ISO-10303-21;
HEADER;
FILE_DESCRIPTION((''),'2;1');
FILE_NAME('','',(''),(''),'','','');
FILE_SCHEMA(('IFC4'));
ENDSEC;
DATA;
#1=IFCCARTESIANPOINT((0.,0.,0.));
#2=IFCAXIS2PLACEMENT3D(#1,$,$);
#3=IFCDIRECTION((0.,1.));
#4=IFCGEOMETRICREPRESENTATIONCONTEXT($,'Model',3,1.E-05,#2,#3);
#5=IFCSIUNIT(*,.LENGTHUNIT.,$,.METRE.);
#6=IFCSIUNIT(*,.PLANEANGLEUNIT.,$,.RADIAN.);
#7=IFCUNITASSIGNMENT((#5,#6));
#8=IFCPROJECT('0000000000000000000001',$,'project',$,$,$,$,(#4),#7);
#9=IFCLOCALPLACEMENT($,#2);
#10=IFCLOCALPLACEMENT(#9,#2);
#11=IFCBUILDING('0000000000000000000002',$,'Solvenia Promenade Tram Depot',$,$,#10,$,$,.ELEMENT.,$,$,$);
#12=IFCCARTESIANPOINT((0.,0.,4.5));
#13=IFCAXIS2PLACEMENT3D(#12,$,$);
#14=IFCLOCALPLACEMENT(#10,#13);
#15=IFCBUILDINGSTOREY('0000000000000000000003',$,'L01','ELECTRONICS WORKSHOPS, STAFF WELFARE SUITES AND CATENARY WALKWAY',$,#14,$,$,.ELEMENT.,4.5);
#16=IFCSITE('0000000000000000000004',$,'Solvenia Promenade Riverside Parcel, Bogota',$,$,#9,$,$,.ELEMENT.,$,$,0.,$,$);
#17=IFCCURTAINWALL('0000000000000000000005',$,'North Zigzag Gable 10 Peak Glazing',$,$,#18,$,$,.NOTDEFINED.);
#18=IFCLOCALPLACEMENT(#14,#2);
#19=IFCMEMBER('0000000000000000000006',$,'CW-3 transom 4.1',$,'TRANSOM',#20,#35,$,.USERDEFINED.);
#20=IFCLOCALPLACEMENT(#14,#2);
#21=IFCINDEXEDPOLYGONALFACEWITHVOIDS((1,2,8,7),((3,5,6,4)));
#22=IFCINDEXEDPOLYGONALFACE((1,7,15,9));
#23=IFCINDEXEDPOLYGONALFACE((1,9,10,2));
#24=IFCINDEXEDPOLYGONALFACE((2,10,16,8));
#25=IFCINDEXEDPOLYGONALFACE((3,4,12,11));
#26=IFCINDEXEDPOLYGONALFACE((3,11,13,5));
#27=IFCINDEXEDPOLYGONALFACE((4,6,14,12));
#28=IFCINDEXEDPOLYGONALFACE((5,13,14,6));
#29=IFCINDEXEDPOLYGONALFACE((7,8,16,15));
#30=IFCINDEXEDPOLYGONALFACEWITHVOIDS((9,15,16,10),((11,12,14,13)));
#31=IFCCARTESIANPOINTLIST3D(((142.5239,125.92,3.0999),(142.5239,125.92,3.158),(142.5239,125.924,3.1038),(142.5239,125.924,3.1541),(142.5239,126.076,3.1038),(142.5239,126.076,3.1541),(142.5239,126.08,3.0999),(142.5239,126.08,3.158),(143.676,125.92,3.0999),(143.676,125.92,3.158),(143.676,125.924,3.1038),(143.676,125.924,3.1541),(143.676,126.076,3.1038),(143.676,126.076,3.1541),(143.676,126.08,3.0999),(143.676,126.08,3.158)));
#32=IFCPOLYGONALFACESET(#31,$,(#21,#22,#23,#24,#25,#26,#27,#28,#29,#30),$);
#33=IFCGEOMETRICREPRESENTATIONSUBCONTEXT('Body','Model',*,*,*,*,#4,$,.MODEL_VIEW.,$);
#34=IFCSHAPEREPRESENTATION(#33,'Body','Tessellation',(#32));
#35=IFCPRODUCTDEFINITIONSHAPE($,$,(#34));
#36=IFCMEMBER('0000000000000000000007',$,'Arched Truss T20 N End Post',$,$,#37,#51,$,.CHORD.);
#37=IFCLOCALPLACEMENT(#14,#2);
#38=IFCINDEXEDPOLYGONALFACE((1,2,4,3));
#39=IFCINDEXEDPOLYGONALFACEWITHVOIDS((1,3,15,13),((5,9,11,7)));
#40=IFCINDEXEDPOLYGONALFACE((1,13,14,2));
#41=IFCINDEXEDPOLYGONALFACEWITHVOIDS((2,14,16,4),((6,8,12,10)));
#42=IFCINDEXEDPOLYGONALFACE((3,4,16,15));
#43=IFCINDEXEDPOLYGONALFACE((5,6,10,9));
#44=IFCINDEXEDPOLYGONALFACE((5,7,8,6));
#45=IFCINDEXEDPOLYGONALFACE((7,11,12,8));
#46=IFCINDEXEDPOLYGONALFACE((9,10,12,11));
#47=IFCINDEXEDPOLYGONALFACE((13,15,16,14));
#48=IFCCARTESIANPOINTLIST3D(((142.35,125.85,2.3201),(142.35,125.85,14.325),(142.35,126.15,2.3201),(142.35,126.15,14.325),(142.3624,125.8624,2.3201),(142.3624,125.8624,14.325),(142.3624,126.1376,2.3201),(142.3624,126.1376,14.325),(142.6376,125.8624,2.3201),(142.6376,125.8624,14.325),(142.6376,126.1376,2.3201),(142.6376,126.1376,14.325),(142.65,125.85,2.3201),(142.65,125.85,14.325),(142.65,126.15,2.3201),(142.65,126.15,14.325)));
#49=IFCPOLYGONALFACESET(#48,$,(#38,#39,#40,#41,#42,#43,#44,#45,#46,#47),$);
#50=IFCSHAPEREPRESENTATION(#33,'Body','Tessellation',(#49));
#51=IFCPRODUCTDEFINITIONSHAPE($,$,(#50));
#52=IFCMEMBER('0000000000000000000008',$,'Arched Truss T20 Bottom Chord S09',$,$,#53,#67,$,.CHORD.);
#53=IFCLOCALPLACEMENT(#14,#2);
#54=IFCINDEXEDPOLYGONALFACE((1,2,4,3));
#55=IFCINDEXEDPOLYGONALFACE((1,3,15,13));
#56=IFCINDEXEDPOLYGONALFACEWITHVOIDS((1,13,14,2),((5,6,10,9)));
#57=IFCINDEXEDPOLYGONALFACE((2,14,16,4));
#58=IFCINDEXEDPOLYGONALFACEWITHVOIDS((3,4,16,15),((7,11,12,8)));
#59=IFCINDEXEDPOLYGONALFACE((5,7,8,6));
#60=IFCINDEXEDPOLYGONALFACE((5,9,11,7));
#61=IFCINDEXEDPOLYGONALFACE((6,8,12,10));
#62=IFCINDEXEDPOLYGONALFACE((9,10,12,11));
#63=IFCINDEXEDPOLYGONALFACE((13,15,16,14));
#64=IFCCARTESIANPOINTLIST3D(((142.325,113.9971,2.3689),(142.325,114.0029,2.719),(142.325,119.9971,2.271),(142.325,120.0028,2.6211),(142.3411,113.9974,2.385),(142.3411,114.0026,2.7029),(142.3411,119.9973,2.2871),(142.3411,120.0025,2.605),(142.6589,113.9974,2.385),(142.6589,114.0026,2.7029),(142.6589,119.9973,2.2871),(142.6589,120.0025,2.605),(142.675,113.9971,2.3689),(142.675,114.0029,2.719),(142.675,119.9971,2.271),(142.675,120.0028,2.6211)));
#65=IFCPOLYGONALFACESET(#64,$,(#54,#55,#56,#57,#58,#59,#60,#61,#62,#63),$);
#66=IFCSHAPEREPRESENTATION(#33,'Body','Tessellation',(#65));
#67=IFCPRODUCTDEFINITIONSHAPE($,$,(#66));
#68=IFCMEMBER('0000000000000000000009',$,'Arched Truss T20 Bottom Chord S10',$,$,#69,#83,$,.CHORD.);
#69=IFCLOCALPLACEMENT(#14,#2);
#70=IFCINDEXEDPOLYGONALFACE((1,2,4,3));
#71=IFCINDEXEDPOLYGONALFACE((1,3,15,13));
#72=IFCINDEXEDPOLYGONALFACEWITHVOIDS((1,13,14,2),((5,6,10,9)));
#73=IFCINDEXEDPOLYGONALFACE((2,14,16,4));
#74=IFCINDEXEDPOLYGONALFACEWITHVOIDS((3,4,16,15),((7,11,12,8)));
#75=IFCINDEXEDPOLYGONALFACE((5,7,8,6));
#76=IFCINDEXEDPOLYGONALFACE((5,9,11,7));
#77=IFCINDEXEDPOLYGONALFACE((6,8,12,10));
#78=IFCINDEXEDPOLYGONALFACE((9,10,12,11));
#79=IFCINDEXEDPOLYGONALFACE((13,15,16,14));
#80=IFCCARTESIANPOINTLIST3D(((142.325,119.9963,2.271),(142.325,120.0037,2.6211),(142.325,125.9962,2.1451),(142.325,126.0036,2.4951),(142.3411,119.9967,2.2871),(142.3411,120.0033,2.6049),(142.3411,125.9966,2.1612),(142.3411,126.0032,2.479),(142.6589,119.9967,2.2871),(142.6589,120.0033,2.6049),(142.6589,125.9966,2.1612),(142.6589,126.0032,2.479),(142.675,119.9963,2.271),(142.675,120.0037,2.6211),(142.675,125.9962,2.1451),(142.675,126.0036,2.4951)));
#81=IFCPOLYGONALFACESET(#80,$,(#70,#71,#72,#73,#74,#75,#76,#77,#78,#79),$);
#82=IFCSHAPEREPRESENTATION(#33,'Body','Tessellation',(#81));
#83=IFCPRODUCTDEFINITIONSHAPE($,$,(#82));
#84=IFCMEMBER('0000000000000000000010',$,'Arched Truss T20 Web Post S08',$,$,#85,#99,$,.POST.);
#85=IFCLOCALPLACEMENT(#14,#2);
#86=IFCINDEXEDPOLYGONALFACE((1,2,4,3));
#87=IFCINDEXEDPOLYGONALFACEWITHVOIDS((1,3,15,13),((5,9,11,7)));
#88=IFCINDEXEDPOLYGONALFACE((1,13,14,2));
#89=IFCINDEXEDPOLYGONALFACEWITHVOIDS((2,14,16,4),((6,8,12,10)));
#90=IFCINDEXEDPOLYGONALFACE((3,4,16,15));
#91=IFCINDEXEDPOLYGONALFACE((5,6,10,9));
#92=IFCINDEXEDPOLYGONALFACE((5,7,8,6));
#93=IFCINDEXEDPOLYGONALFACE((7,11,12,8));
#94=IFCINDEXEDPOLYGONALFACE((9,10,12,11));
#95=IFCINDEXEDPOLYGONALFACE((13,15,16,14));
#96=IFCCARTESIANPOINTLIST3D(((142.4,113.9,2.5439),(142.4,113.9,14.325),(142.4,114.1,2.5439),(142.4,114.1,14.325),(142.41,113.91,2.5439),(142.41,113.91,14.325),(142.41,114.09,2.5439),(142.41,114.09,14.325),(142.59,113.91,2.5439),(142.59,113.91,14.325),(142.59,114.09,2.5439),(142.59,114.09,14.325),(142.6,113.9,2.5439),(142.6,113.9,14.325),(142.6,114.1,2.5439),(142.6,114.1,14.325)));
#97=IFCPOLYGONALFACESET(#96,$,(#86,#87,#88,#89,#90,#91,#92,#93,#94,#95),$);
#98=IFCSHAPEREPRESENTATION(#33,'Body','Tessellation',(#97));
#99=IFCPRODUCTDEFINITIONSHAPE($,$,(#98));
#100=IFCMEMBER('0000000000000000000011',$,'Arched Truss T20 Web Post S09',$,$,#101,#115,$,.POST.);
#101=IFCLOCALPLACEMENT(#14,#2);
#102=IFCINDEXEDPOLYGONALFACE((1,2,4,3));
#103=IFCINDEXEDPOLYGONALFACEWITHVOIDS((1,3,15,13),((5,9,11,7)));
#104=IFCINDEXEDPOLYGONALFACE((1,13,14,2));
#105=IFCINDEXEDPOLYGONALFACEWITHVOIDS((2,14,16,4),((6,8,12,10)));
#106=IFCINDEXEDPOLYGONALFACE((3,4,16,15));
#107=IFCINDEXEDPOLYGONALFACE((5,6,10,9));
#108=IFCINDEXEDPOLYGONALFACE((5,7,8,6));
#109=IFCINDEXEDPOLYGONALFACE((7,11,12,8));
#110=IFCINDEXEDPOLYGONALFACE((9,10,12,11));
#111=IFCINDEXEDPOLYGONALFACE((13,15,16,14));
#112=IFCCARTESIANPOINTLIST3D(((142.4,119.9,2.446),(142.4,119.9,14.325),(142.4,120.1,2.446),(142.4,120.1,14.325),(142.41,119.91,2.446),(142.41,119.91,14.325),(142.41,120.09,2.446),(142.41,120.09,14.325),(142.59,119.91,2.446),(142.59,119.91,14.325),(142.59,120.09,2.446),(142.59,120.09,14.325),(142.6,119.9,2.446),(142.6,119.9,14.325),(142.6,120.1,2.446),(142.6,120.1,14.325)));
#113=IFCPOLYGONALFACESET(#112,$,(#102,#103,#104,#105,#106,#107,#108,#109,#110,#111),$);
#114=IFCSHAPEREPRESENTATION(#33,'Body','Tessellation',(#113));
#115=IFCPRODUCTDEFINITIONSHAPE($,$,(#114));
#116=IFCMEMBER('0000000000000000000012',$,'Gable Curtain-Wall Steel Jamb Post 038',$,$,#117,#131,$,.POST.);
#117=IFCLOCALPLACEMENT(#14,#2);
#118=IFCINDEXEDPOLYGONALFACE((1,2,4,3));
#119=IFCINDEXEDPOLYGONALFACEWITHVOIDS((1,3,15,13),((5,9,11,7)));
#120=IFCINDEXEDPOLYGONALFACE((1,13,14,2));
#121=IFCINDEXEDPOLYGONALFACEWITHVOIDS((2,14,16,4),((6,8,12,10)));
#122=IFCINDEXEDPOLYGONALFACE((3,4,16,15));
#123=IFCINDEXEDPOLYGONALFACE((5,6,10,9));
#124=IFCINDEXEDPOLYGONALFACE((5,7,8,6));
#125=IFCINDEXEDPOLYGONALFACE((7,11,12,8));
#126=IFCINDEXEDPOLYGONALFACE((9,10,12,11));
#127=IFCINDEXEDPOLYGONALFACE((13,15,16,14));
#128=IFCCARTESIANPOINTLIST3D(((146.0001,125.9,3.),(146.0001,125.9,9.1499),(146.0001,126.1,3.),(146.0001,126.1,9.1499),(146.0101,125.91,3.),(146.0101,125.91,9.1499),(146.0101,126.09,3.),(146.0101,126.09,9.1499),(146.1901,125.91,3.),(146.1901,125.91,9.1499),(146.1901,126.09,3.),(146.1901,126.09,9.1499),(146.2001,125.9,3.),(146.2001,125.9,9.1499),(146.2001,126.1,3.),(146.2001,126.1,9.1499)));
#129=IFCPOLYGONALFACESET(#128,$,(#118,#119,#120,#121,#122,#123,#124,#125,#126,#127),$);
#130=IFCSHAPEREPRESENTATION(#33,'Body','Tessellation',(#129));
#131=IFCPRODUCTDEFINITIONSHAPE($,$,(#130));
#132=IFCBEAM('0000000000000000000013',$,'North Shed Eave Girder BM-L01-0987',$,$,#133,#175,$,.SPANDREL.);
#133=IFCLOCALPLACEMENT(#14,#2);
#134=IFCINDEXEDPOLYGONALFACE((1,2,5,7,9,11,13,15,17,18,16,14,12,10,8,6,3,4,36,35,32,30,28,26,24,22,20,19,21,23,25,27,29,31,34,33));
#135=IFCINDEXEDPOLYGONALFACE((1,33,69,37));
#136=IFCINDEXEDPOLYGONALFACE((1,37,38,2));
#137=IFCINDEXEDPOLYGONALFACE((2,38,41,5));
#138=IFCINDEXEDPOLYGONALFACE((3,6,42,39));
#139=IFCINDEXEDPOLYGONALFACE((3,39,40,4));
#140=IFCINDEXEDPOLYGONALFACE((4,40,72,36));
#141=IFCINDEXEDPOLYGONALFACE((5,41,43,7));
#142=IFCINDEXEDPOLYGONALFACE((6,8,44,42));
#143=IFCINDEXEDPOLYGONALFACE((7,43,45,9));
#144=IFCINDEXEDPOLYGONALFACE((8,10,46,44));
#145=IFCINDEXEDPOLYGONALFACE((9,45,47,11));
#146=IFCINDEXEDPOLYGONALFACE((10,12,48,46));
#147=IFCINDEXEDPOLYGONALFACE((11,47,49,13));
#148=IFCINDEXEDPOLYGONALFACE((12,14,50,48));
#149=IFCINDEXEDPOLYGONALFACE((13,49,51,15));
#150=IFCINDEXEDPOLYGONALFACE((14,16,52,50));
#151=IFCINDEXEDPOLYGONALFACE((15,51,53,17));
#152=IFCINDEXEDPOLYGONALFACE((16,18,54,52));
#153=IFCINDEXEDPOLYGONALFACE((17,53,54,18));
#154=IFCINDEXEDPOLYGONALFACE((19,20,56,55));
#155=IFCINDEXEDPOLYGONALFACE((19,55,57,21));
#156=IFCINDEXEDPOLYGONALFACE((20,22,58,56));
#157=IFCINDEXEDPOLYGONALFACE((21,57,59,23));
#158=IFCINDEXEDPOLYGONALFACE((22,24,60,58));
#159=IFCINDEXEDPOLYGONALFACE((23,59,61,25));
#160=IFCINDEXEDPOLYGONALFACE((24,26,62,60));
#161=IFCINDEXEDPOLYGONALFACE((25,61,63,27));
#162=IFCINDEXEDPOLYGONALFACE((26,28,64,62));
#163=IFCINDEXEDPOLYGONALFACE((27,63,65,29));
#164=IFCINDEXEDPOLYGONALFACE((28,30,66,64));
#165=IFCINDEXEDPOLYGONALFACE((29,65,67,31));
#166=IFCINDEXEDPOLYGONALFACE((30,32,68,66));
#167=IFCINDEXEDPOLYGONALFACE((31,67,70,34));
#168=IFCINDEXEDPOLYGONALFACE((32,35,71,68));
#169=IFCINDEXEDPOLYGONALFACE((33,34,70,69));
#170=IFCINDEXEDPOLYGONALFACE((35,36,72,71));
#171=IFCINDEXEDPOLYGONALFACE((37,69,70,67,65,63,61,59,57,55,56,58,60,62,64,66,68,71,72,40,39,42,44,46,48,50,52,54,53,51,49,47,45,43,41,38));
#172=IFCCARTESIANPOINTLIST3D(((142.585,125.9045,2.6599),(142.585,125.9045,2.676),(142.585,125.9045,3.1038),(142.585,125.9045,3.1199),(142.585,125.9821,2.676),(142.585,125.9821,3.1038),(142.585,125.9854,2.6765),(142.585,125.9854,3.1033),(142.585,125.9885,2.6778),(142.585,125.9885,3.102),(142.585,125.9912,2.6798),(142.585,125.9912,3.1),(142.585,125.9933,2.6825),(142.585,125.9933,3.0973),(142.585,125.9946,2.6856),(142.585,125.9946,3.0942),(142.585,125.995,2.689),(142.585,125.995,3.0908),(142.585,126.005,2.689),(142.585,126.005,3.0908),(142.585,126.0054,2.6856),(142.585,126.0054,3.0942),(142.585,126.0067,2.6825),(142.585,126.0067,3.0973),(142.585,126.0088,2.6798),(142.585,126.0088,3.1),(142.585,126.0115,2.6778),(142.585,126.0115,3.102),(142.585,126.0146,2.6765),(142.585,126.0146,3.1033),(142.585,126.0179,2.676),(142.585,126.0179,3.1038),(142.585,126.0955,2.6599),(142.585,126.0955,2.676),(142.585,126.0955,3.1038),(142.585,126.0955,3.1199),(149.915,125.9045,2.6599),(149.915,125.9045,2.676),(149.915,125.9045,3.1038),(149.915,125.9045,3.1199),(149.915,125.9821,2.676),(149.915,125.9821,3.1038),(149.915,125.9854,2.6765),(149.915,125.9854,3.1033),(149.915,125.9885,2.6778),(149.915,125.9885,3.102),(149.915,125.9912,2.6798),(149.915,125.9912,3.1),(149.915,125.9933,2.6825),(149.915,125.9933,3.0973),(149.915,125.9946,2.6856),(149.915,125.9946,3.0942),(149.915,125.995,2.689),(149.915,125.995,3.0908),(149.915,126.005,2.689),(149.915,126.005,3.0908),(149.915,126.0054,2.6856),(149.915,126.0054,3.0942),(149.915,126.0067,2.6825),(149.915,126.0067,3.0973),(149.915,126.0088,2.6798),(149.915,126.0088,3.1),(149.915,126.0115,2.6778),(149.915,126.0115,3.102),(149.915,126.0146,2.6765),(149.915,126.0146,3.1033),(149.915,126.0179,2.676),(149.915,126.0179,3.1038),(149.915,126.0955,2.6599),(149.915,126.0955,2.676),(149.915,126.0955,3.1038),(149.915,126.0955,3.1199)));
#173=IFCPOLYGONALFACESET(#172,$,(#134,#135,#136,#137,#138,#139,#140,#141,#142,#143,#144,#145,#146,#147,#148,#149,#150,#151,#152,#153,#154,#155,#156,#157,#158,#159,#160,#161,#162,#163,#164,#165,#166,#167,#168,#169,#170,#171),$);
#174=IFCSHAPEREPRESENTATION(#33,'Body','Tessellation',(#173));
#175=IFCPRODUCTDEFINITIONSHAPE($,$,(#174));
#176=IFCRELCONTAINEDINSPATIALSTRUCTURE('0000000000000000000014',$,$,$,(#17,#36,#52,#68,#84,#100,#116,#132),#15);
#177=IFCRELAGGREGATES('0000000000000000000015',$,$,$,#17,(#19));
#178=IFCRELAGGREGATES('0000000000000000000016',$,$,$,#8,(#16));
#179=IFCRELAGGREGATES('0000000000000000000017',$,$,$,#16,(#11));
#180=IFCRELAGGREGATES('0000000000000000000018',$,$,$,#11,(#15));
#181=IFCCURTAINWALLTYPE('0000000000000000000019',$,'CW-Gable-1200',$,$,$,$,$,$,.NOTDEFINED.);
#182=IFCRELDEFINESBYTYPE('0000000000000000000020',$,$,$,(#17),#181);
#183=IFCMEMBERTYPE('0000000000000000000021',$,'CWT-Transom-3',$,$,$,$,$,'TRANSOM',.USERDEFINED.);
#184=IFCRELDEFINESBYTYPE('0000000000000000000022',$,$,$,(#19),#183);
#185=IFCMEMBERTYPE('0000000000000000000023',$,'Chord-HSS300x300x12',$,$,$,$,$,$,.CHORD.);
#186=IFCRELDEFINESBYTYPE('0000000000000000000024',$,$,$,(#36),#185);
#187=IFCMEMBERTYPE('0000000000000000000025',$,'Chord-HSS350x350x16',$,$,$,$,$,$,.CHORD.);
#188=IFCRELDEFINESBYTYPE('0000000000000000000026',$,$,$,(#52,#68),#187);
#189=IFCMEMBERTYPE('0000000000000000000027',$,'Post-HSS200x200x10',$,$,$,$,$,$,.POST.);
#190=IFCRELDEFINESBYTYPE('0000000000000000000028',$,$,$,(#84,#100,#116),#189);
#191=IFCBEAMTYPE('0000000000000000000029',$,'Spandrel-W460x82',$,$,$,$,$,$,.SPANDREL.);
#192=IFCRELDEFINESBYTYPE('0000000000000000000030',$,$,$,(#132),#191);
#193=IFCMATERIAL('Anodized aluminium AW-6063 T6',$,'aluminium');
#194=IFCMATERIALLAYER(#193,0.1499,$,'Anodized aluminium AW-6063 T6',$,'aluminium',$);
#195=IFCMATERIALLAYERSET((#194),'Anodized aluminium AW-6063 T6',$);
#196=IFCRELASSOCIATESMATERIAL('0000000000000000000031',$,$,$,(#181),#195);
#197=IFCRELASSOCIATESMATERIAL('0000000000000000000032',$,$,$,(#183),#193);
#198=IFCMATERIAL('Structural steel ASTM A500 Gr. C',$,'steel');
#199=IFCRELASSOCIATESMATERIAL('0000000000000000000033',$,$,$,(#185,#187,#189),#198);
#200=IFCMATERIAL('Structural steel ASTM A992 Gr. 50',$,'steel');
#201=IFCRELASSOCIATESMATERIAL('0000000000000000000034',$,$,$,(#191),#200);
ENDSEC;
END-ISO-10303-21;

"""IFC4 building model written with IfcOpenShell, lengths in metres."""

from ifc_helpers import new_model, si_unit, direction, frame, origin, origin_2d, place, context, subcontext, project, spatial, hollow_rectangle, i_section, extrude, material, layer, layer_set, material_profile, profile_set, type_object, element, aggregate, save


model = new_model("IFC4")

# Units and contexts
model_context = context("Model", 3, precision=1e-05, world=origin(), true_north=direction((0.0, 1.0)))
body_context = subcontext(model_context, "Body", "Model", "MODEL_VIEW")
ifc_project = project(units=[si_unit("LENGTHUNIT", "METRE"), si_unit("PLANEANGLEUNIT", "RADIAN")], contexts=[model_context])

# Site, building, storey
site_placement = place(None, origin())
site = spatial("IfcSite", under=ifc_project, at=site_placement, Name="Solvenia Promenade Riverside Parcel, Bogota", CompositionType="ELEMENT", RefElevation=0.0)
building_placement = place(site_placement, origin())
building = spatial("IfcBuilding", under=site, at=building_placement, Name="Solvenia Promenade Tram Depot", CompositionType="ELEMENT")
storey_placement = place(building_placement, frame((0.0, 0.0, 4.5)))
storey = spatial("IfcBuildingStorey", under=building, at=storey_placement, Name="L01", Description="ELECTRONICS WORKSHOPS, STAFF WELFARE SUITES AND CATENARY WALKWAY", CompositionType="ELEMENT", Elevation=4.5)

# Shared definitions
ifc_material_1 = material(Name="Structural steel ASTM A992 Gr. 50", Category="steel")

# Shared definitions
ifc_material_2 = material(Name="Structural steel ASTM A500 Gr. C", Category="steel")

# Curtain wall, member
ifc_material_3 = material(Name="Anodized aluminium AW-6063 T6", Category="aluminium")
ifc_layer_1 = layer(ifc_material_3, 0.1499, Name="Anodized aluminium AW-6063 T6", Category="aluminium")
ifc_layer_set_1 = layer_set([ifc_layer_1], Name="Anodized aluminium AW-6063 T6")
curtain_wall_type = type_object("IfcCurtainWallType", Name="CW-Gable-1200", PredefinedType="NOTDEFINED", material=ifc_layer_set_1)
curtain_wall_placement = place(storey_placement, origin())
curtain_wall = element("IfcCurtainWall", 1, at=curtain_wall_placement, inside=storey, type_object=curtain_wall_type, Name="North Zigzag Gable 10 Peak Glazing", PredefinedType="NOTDEFINED")
ifc_material_profile_1 = material_profile(ifc_material_3, hollow_rectangle(XDim=0.1599, YDim=0.0581, WallThickness=0.0039, at=origin_2d()), Name="ALU-T3", Category="aluminium")
ifc_profile_set_1 = profile_set([ifc_material_profile_1], Name="Anodized aluminium AW-6063 T6")
member_type_1 = type_object("IfcMemberType", Name="CWT-Transom-3", ElementType="TRANSOM", PredefinedType="USERDEFINED", material=ifc_profile_set_1)
member_1_placement = place(storey_placement, frame((142.5239, 126.0, 3.1289), z_axis=(1.0, 0.0, 0.0), x_axis=(0.0, 1.0, 0.0)))
member_1 = element("IfcMember", 2, at=member_1_placement, type_object=member_type_1, Name="CW-3 transom 4.1", ObjectType="TRANSOM", PredefinedType="USERDEFINED", context=body_context, shape_type="SweptSolid", body=[
    extrude(hollow_rectangle(XDim=0.1599, YDim=0.0581, WallThickness=0.0039, at=origin_2d()), origin(), (0.0, 0.0, 1.0), 1.1521),
])
aggregate(curtain_wall, [member_1])

# Members
ifc_material_profile_2 = material_profile(ifc_material_2, hollow_rectangle(XDim=0.3, YDim=0.3, WallThickness=0.0125, at=origin_2d()), Name="HSS300x300x12.5", Category="steel")
ifc_profile_set_2 = profile_set([ifc_material_profile_2], Name="Structural steel ASTM A500 Gr. C")
member_type_2 = type_object("IfcMemberType", Name="Chord-HSS300x300x12", PredefinedType="CHORD", material=ifc_profile_set_2)
member_2_placement = place(storey_placement, frame((142.5, 126.0, 2.3201), z_axis=(0.0, 0.0, 1.0), x_axis=(1.0, 0.0, 0.0)))
element("IfcMember", 3, at=member_2_placement, inside=storey, type_object=member_type_2, Name="Arched Truss T20 N End Post", PredefinedType="CHORD", context=body_context, shape_type="SweptSolid", body=[
    extrude(hollow_rectangle(XDim=0.3, YDim=0.3, WallThickness=0.0125, at=origin_2d()), origin(), (0.0, 0.0, 1.0), 12.0049),
])
ifc_material_profile_3 = material_profile(ifc_material_2, hollow_rectangle(XDim=0.3501, YDim=0.3501, WallThickness=0.0161, at=origin_2d()), Name="HSS350x350x16", Category="steel")
ifc_profile_set_3 = profile_set([ifc_material_profile_3], Name="Structural steel ASTM A500 Gr. C")
member_type_3 = type_object("IfcMemberType", Name="Chord-HSS350x350x16", PredefinedType="CHORD", material=ifc_profile_set_3)
member_3_placement = place(storey_placement, frame((142.5, 114.0, 2.5439), z_axis=(0.0, 0.999867, -0.016315), x_axis=(-1.0, 0.0, 0.0)))
element("IfcMember", 4, at=member_3_placement, inside=storey, type_object=member_type_3, Name="Arched Truss T20 Bottom Chord S09", PredefinedType="CHORD", context=body_context, shape_type="SweptSolid", body=[
    extrude(hollow_rectangle(XDim=0.3501, YDim=0.3501, WallThickness=0.0161, at=origin_2d()), origin(), (0.0, 0.0, 1.0), 6.0007),
])
member_4_placement = place(storey_placement, frame((142.5, 120.0, 2.446), z_axis=(0.0, 0.99978, -0.020991), x_axis=(-1.0, 0.0, 0.0)))
element("IfcMember", 5, at=member_4_placement, inside=storey, type_object=member_type_3, Name="Arched Truss T20 Bottom Chord S10", PredefinedType="CHORD", context=body_context, shape_type="SweptSolid", body=[
    extrude(hollow_rectangle(XDim=0.3501, YDim=0.3501, WallThickness=0.0161, at=origin_2d()), origin(), (0.0, 0.0, 1.0), 6.0012),
])
ifc_material_profile_4 = material_profile(ifc_material_2, hollow_rectangle(XDim=0.2, YDim=0.2, WallThickness=0.01, at=origin_2d()), Name="HSS200x200x10", Category="steel")
ifc_profile_set_4 = profile_set([ifc_material_profile_4], Name="Structural steel ASTM A500 Gr. C")
member_type_4 = type_object("IfcMemberType", Name="Post-HSS200x200x10", PredefinedType="POST", material=ifc_profile_set_4)
member_5_placement = place(storey_placement, frame((142.5, 114.0, 2.5439), z_axis=(0.0, 0.0, 1.0), x_axis=(1.0, 0.0, 0.0)))
element("IfcMember", 6, at=member_5_placement, inside=storey, type_object=member_type_4, Name="Arched Truss T20 Web Post S08", PredefinedType="POST", context=body_context, shape_type="SweptSolid", body=[
    extrude(hollow_rectangle(XDim=0.2, YDim=0.2, WallThickness=0.01, at=origin_2d()), origin(), (0.0, 0.0, 1.0), 11.781),
])
member_6_placement = place(storey_placement, frame((142.5, 120.0, 2.446), z_axis=(0.0, 0.0, 1.0), x_axis=(1.0, 0.0, 0.0)))
element("IfcMember", 7, at=member_6_placement, inside=storey, type_object=member_type_4, Name="Arched Truss T20 Web Post S09", PredefinedType="POST", context=body_context, shape_type="SweptSolid", body=[
    extrude(hollow_rectangle(XDim=0.2, YDim=0.2, WallThickness=0.01, at=origin_2d()), origin(), (0.0, 0.0, 1.0), 11.8789),
])
member_7_placement = place(storey_placement, frame((146.1001, 126.0, 3.0), z_axis=(0.0, 0.0, 1.0), x_axis=(1.0, 0.0, 0.0)))
element("IfcMember", 8, at=member_7_placement, inside=storey, type_object=member_type_4, Name="Gable Curtain-Wall Steel Jamb Post 038", PredefinedType="POST", context=body_context, shape_type="SweptSolid", body=[
    extrude(hollow_rectangle(XDim=0.2, YDim=0.2, WallThickness=0.01, at=origin_2d()), origin(), (0.0, 0.0, 1.0), 6.1499),
])

# Beam
ifc_material_profile_5 = material_profile(ifc_material_1, i_section(OverallWidth=0.1909, OverallDepth=0.46, WebThickness=0.01, FlangeThickness=0.0161, FilletRadius=0.0129, at=origin_2d()), Name="W460x82", Category="steel")
ifc_profile_set_5 = profile_set([ifc_material_profile_5], Name="Structural steel ASTM A992 Gr. 50")
beam_type = type_object("IfcBeamType", Name="Spandrel-W460x82", PredefinedType="SPANDREL", material=ifc_profile_set_5)
beam_placement = place(storey_placement, frame((142.585, 126.0, 2.8899), z_axis=(1.0, 0.0, 0.0), x_axis=(0.0, 1.0, 0.0)))
element("IfcBeam", 9, at=beam_placement, inside=storey, type_object=beam_type, Name="North Shed Eave Girder BM-L01-0987", PredefinedType="SPANDREL", context=body_context, shape_type="SweptSolid", body=[
    extrude(i_section(OverallWidth=0.1909, OverallDepth=0.46, WebThickness=0.01, FlangeThickness=0.0161, FilletRadius=0.0129, at=origin_2d()), origin(), (0.0, 0.0, 1.0), 7.3301),
])

save(model, "model.ifc")
